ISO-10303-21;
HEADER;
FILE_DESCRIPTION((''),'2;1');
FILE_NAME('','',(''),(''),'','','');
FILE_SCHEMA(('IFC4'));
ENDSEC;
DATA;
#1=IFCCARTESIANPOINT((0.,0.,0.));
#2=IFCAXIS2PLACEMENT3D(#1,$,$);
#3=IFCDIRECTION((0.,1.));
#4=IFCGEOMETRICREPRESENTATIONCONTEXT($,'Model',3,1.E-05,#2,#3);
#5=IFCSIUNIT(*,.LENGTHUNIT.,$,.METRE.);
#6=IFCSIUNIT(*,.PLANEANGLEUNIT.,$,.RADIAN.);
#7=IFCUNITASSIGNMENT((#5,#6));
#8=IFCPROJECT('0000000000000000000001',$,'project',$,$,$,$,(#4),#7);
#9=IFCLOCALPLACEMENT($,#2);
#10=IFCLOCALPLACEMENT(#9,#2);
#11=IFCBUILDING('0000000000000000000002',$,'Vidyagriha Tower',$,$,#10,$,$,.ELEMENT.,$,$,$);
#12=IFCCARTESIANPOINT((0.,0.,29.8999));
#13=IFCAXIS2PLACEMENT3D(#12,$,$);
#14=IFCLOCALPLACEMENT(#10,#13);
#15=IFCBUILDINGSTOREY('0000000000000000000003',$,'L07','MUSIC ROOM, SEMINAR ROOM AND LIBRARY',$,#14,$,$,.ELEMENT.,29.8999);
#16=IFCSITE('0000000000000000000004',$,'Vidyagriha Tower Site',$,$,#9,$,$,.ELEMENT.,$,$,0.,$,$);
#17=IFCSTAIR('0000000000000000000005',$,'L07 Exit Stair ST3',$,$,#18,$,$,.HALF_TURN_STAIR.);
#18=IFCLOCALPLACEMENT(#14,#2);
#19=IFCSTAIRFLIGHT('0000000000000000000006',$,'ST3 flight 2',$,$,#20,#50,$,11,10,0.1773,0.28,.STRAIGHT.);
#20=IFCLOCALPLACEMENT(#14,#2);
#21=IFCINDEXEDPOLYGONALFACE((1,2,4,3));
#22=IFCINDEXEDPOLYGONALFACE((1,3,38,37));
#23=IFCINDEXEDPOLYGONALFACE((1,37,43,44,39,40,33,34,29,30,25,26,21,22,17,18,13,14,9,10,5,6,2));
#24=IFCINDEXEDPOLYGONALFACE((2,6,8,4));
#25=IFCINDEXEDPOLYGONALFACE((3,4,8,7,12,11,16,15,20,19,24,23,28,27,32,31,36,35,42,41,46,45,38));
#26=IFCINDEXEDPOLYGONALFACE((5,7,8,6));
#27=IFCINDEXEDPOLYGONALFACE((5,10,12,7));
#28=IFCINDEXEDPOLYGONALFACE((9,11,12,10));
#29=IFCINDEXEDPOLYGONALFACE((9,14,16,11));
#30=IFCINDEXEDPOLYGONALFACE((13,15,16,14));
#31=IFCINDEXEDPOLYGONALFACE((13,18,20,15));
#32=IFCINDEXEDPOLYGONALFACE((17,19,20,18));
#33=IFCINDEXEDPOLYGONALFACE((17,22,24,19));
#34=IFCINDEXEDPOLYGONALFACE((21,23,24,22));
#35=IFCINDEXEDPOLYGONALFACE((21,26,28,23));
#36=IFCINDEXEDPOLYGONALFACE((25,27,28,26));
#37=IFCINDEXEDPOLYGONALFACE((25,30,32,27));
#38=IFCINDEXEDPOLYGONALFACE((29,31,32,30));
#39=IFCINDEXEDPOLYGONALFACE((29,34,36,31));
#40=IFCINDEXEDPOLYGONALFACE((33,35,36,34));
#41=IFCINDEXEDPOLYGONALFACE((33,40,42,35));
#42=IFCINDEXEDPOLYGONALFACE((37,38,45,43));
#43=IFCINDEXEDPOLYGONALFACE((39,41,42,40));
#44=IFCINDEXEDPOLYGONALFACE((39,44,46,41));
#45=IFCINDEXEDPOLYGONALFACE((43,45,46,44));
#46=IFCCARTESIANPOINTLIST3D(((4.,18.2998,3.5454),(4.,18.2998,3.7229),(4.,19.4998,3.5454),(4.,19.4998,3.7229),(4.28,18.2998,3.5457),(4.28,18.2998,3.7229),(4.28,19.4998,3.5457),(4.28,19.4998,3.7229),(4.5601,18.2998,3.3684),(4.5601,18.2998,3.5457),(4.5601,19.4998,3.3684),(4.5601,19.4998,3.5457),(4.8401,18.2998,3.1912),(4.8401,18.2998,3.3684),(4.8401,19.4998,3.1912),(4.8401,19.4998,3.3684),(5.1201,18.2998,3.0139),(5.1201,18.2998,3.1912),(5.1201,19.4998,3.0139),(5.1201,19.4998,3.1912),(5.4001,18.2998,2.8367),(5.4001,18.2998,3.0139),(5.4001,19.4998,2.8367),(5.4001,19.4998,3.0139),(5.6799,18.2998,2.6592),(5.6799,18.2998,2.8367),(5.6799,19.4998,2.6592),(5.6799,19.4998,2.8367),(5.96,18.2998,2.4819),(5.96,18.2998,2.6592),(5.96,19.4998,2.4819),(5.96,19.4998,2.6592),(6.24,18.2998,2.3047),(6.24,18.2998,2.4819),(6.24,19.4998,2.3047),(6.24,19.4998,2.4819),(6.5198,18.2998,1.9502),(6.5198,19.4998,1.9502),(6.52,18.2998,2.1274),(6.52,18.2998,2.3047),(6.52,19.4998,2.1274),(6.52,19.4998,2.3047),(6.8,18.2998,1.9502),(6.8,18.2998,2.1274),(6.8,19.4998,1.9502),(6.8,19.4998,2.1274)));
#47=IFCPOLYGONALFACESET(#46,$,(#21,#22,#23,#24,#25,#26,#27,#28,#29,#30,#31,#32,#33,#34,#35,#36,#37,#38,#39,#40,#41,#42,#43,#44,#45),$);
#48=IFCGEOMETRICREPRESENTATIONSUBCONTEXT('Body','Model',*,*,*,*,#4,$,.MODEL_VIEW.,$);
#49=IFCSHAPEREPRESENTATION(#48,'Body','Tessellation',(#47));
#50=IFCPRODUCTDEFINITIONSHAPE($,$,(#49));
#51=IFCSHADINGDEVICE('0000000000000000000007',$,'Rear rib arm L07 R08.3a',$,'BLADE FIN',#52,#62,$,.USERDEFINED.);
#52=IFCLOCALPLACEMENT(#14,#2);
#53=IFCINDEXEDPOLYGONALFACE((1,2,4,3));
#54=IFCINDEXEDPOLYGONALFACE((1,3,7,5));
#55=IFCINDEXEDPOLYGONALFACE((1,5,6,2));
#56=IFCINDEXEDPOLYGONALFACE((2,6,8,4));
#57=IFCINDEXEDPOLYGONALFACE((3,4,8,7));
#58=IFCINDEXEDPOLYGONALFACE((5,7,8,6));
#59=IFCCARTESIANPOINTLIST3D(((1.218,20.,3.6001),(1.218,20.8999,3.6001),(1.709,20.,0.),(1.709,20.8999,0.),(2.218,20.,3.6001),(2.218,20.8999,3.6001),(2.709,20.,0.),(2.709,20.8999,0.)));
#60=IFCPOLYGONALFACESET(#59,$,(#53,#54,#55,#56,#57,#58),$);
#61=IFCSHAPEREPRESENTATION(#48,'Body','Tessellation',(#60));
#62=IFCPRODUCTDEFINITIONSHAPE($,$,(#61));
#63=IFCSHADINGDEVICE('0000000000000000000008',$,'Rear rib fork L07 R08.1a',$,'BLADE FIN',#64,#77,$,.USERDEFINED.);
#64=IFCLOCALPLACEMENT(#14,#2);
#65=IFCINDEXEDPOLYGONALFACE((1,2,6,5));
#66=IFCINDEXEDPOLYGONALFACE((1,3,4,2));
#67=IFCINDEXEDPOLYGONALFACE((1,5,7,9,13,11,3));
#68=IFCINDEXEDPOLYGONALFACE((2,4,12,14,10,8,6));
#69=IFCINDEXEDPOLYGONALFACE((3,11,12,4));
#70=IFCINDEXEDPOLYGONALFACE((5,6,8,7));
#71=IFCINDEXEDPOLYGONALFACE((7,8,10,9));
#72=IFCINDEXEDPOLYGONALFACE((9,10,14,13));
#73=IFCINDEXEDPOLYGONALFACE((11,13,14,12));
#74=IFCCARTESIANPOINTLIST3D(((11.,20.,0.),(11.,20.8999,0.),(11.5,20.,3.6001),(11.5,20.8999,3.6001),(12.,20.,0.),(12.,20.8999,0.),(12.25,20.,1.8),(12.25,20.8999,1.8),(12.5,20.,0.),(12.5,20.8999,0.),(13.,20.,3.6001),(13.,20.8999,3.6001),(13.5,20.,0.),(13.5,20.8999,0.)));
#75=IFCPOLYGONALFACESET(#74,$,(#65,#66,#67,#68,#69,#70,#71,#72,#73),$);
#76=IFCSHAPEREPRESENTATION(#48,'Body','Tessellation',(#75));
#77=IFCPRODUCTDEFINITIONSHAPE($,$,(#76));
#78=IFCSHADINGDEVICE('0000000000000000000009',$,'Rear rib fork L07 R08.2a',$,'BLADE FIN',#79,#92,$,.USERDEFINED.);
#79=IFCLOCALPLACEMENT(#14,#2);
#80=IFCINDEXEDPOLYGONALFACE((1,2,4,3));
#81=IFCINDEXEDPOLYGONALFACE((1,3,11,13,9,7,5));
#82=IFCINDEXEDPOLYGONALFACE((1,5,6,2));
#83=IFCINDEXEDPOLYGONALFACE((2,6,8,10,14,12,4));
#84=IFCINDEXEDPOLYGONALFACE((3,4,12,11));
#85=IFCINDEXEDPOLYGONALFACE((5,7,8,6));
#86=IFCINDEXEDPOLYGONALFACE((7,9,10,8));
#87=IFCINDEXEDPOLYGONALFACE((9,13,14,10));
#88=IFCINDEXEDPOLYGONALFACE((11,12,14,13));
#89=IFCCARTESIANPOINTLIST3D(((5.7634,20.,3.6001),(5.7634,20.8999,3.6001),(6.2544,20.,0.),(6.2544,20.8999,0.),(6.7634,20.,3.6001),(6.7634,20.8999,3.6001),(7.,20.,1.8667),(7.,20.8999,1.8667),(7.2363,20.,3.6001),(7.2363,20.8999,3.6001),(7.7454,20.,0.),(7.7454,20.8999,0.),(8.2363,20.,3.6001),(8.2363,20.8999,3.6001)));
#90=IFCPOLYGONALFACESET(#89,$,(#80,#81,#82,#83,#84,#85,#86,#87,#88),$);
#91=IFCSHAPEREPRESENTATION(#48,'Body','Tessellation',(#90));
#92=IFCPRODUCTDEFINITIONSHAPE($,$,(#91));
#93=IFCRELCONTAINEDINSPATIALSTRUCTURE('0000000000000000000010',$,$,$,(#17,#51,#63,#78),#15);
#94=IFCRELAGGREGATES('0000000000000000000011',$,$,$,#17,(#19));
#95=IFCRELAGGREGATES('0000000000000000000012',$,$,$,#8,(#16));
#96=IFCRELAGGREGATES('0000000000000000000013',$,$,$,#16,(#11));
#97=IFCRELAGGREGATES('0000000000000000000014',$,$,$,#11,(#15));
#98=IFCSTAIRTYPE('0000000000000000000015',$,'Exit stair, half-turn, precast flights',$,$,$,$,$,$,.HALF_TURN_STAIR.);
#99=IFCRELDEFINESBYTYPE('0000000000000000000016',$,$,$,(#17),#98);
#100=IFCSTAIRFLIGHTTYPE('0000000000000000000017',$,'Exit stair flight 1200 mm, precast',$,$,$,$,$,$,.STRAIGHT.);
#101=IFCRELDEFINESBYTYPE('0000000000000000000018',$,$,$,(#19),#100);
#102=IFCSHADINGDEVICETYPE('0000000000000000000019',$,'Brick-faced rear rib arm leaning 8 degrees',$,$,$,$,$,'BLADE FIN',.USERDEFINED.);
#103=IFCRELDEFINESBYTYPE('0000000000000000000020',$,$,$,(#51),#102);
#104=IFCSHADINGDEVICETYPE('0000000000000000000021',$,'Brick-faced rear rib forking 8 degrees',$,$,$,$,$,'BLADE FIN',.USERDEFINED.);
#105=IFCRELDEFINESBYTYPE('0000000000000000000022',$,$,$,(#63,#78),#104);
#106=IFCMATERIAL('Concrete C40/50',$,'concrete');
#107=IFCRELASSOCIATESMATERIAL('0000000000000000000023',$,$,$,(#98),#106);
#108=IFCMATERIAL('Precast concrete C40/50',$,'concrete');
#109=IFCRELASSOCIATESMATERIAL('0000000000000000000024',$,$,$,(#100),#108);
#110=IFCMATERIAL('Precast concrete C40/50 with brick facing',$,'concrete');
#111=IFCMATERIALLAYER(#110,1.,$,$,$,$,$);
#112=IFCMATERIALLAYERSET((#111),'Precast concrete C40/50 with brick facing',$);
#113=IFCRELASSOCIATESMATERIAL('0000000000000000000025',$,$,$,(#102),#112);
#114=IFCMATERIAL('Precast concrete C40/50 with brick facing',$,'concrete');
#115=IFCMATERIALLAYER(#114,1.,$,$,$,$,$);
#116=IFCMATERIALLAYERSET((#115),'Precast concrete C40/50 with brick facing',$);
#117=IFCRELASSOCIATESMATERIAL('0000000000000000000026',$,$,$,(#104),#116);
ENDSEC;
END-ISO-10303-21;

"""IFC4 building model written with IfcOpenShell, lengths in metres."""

from ifc_helpers import new_model, si_unit, direction, frame, origin, place, context, subcontext, project, spatial, polyline, outline, extrude, material, layer, layer_set, type_object, element, aggregate, save


model = new_model("IFC4")

# Units and contexts
model_context = context("Model", 3, precision=1e-05, world=origin(), true_north=direction((0.0, 1.0)))
body_context = subcontext(model_context, "Body", "Model", "MODEL_VIEW")
ifc_project = project(units=[si_unit("LENGTHUNIT", "METRE"), si_unit("PLANEANGLEUNIT", "RADIAN")], contexts=[model_context])

# Site, building, storey
site_placement = place(None, origin())
site = spatial("IfcSite", under=ifc_project, at=site_placement, Name="Vidyagriha Tower Site", CompositionType="ELEMENT", RefElevation=0.0)
building_placement = place(site_placement, origin())
building = spatial("IfcBuilding", under=site, at=building_placement, Name="Vidyagriha Tower", CompositionType="ELEMENT")
storey_placement = place(building_placement, frame((0.0, 0.0, 29.8999)))
storey = spatial("IfcBuildingStorey", under=building, at=storey_placement, Name="L07", Description="MUSIC ROOM, SEMINAR ROOM AND LIBRARY", CompositionType="ELEMENT", Elevation=29.8999)

# Shared definitions
ifc_material_1 = material(Name="Concrete C40/50", Category="concrete")
stair_type = type_object("IfcStairType", Name="Exit stair, half-turn, precast flights", PredefinedType="HALF_TURN_STAIR", material=ifc_material_1)
ifc_material_2 = material(Name="Precast concrete C40/50", Category="concrete")
stair_flight_type = type_object("IfcStairFlightType", Name="Exit stair flight 1200 mm, precast", PredefinedType="STRAIGHT", material=ifc_material_2)

# Stair, stair flight
stair_1_placement = place(storey_placement, origin())
stair_1 = element("IfcStair", 1, at=stair_1_placement, inside=storey, type_object=stair_type, Name="L07 Exit Stair ST3", PredefinedType="HALF_TURN_STAIR")
stair_flight_1_placement = place(storey_placement, frame((6.8, 18.8999, 1.9502), z_axis=(0.0, 0.0, 1.0), x_axis=(-1.0, 0.0, 0.0)))
stair_flight_1 = element("IfcStairFlight", 2, at=stair_flight_1_placement, type_object=stair_flight_type, Name="ST3 flight 2", NumberOfRisers=11, NumberOfTreads=10, PredefinedType="STRAIGHT", RiserHeight=0.1773, TreadLength=0.28, context=body_context, shape_type="SweptSolid", body=[
    extrude(outline(polyline([(0.0, 0.0), (0.0, 0.1772), (0.28, 0.1772), (0.28, 0.3545), (0.5601, 0.3545), (0.5601, 0.5317), (0.8401, 0.5317), (0.8401, 0.709), (1.1201, 0.709), (1.1201, 0.8865), (1.3999, 0.8865), (1.3999, 1.0637), (1.6799, 1.0637), (1.6799, 1.241), (1.96, 1.241), (1.96, 1.4182), (2.24, 1.4182), (2.24, 1.5955), (2.52, 1.5955), (2.52, 1.7727), (2.8, 1.7727), (2.8, 1.95), (2.8, 1.5952), (0.2803, 0.0), (0.0, 0.0)])), frame((0.0, 0.6001, 0.0), z_axis=(0.0, -1.0, 0.0), x_axis=(1.0, 0.0, 0.0)), (0.0, 0.0, 1.0), 1.2),
])
aggregate(stair_1, [stair_flight_1])

# Shading devices
ifc_material_3 = material(Name="Precast concrete C40/50 with brick facing", Category="concrete")
ifc_layer_1 = layer(ifc_material_3, 1.0)
ifc_layer_set_1 = layer_set([ifc_layer_1], Name="Precast concrete C40/50 with brick facing")
shading_device_type_1 = type_object("IfcShadingDeviceType", Name="Brick-faced rear rib arm leaning 8 degrees", ElementType="BLADE FIN", PredefinedType="USERDEFINED", material=ifc_layer_set_1)
shading_device_1_placement = place(storey_placement, frame((2.709, 20.45, 0.0), z_axis=(0.0, 0.0, 1.0), x_axis=(-1.0, 0.0, 0.0)))
element("IfcShadingDevice", 3, at=shading_device_1_placement, inside=storey, type_object=shading_device_type_1, Name="Rear rib arm L07 R08.3a", ObjectType="BLADE FIN", PredefinedType="USERDEFINED", context=body_context, shape_type="SweptSolid", body=[
    extrude(outline(polyline([(0.0, 0.0), (1.0, 0.0), (1.491, 3.6001), (0.491, 3.6001), (0.0, 0.0)])), frame((0.0, 0.45, 0.0), z_axis=(0.0, -1.0, 0.0), x_axis=(1.0, 0.0, 0.0)), (0.0, 0.0, 1.0), 0.8999),
])
ifc_material_4 = material(Name="Precast concrete C40/50 with brick facing", Category="concrete")
ifc_layer_2 = layer(ifc_material_4, 1.0)
ifc_layer_set_2 = layer_set([ifc_layer_2], Name="Precast concrete C40/50 with brick facing")
shading_device_type_2 = type_object("IfcShadingDeviceType", Name="Brick-faced rear rib forking 8 degrees", ElementType="BLADE FIN", PredefinedType="USERDEFINED", material=ifc_layer_set_2)
shading_device_2_placement = place(storey_placement, frame((13.5, 20.45, 0.0), z_axis=(0.0, 0.0, 1.0), x_axis=(-1.0, 0.0, 0.0)))
element("IfcShadingDevice", 4, at=shading_device_2_placement, inside=storey, type_object=shading_device_type_2, Name="Rear rib fork L07 R08.1a", ObjectType="BLADE FIN", PredefinedType="USERDEFINED", context=body_context, shape_type="SweptSolid", body=[
    extrude(outline(polyline([(1.0, 0.0), (1.25, 1.8), (1.5, 0.0), (2.5, 0.0), (2.0, 3.6001), (0.5, 3.6001), (0.0, 0.0), (1.0, 0.0)])), frame((0.0, 0.45, 0.0), z_axis=(0.0, -1.0, 0.0), x_axis=(1.0, 0.0, 0.0)), (0.0, 0.0, 1.0), 0.8999),
])
shading_device_3_placement = place(storey_placement, frame((8.2363, 20.45, 0.0), z_axis=(0.0, 0.0, 1.0), x_axis=(-1.0, 0.0, 0.0)))
element("IfcShadingDevice", 5, at=shading_device_3_placement, inside=storey, type_object=shading_device_type_2, Name="Rear rib fork L07 R08.2a", ObjectType="BLADE FIN", PredefinedType="USERDEFINED", context=body_context, shape_type="SweptSolid", body=[
    extrude(outline(polyline([(0.491, 0.0), (1.9819, 0.0), (2.4729, 3.6001), (1.4729, 3.6001), (1.2363, 1.8667), (1.0, 3.6001), (0.0, 3.6001), (0.491, 0.0)])), frame((0.0, 0.45, 0.0), z_axis=(0.0, -1.0, 0.0), x_axis=(1.0, 0.0, 0.0)), (0.0, 0.0, 1.0), 0.8999),
])

save(model, "model.ifc")
